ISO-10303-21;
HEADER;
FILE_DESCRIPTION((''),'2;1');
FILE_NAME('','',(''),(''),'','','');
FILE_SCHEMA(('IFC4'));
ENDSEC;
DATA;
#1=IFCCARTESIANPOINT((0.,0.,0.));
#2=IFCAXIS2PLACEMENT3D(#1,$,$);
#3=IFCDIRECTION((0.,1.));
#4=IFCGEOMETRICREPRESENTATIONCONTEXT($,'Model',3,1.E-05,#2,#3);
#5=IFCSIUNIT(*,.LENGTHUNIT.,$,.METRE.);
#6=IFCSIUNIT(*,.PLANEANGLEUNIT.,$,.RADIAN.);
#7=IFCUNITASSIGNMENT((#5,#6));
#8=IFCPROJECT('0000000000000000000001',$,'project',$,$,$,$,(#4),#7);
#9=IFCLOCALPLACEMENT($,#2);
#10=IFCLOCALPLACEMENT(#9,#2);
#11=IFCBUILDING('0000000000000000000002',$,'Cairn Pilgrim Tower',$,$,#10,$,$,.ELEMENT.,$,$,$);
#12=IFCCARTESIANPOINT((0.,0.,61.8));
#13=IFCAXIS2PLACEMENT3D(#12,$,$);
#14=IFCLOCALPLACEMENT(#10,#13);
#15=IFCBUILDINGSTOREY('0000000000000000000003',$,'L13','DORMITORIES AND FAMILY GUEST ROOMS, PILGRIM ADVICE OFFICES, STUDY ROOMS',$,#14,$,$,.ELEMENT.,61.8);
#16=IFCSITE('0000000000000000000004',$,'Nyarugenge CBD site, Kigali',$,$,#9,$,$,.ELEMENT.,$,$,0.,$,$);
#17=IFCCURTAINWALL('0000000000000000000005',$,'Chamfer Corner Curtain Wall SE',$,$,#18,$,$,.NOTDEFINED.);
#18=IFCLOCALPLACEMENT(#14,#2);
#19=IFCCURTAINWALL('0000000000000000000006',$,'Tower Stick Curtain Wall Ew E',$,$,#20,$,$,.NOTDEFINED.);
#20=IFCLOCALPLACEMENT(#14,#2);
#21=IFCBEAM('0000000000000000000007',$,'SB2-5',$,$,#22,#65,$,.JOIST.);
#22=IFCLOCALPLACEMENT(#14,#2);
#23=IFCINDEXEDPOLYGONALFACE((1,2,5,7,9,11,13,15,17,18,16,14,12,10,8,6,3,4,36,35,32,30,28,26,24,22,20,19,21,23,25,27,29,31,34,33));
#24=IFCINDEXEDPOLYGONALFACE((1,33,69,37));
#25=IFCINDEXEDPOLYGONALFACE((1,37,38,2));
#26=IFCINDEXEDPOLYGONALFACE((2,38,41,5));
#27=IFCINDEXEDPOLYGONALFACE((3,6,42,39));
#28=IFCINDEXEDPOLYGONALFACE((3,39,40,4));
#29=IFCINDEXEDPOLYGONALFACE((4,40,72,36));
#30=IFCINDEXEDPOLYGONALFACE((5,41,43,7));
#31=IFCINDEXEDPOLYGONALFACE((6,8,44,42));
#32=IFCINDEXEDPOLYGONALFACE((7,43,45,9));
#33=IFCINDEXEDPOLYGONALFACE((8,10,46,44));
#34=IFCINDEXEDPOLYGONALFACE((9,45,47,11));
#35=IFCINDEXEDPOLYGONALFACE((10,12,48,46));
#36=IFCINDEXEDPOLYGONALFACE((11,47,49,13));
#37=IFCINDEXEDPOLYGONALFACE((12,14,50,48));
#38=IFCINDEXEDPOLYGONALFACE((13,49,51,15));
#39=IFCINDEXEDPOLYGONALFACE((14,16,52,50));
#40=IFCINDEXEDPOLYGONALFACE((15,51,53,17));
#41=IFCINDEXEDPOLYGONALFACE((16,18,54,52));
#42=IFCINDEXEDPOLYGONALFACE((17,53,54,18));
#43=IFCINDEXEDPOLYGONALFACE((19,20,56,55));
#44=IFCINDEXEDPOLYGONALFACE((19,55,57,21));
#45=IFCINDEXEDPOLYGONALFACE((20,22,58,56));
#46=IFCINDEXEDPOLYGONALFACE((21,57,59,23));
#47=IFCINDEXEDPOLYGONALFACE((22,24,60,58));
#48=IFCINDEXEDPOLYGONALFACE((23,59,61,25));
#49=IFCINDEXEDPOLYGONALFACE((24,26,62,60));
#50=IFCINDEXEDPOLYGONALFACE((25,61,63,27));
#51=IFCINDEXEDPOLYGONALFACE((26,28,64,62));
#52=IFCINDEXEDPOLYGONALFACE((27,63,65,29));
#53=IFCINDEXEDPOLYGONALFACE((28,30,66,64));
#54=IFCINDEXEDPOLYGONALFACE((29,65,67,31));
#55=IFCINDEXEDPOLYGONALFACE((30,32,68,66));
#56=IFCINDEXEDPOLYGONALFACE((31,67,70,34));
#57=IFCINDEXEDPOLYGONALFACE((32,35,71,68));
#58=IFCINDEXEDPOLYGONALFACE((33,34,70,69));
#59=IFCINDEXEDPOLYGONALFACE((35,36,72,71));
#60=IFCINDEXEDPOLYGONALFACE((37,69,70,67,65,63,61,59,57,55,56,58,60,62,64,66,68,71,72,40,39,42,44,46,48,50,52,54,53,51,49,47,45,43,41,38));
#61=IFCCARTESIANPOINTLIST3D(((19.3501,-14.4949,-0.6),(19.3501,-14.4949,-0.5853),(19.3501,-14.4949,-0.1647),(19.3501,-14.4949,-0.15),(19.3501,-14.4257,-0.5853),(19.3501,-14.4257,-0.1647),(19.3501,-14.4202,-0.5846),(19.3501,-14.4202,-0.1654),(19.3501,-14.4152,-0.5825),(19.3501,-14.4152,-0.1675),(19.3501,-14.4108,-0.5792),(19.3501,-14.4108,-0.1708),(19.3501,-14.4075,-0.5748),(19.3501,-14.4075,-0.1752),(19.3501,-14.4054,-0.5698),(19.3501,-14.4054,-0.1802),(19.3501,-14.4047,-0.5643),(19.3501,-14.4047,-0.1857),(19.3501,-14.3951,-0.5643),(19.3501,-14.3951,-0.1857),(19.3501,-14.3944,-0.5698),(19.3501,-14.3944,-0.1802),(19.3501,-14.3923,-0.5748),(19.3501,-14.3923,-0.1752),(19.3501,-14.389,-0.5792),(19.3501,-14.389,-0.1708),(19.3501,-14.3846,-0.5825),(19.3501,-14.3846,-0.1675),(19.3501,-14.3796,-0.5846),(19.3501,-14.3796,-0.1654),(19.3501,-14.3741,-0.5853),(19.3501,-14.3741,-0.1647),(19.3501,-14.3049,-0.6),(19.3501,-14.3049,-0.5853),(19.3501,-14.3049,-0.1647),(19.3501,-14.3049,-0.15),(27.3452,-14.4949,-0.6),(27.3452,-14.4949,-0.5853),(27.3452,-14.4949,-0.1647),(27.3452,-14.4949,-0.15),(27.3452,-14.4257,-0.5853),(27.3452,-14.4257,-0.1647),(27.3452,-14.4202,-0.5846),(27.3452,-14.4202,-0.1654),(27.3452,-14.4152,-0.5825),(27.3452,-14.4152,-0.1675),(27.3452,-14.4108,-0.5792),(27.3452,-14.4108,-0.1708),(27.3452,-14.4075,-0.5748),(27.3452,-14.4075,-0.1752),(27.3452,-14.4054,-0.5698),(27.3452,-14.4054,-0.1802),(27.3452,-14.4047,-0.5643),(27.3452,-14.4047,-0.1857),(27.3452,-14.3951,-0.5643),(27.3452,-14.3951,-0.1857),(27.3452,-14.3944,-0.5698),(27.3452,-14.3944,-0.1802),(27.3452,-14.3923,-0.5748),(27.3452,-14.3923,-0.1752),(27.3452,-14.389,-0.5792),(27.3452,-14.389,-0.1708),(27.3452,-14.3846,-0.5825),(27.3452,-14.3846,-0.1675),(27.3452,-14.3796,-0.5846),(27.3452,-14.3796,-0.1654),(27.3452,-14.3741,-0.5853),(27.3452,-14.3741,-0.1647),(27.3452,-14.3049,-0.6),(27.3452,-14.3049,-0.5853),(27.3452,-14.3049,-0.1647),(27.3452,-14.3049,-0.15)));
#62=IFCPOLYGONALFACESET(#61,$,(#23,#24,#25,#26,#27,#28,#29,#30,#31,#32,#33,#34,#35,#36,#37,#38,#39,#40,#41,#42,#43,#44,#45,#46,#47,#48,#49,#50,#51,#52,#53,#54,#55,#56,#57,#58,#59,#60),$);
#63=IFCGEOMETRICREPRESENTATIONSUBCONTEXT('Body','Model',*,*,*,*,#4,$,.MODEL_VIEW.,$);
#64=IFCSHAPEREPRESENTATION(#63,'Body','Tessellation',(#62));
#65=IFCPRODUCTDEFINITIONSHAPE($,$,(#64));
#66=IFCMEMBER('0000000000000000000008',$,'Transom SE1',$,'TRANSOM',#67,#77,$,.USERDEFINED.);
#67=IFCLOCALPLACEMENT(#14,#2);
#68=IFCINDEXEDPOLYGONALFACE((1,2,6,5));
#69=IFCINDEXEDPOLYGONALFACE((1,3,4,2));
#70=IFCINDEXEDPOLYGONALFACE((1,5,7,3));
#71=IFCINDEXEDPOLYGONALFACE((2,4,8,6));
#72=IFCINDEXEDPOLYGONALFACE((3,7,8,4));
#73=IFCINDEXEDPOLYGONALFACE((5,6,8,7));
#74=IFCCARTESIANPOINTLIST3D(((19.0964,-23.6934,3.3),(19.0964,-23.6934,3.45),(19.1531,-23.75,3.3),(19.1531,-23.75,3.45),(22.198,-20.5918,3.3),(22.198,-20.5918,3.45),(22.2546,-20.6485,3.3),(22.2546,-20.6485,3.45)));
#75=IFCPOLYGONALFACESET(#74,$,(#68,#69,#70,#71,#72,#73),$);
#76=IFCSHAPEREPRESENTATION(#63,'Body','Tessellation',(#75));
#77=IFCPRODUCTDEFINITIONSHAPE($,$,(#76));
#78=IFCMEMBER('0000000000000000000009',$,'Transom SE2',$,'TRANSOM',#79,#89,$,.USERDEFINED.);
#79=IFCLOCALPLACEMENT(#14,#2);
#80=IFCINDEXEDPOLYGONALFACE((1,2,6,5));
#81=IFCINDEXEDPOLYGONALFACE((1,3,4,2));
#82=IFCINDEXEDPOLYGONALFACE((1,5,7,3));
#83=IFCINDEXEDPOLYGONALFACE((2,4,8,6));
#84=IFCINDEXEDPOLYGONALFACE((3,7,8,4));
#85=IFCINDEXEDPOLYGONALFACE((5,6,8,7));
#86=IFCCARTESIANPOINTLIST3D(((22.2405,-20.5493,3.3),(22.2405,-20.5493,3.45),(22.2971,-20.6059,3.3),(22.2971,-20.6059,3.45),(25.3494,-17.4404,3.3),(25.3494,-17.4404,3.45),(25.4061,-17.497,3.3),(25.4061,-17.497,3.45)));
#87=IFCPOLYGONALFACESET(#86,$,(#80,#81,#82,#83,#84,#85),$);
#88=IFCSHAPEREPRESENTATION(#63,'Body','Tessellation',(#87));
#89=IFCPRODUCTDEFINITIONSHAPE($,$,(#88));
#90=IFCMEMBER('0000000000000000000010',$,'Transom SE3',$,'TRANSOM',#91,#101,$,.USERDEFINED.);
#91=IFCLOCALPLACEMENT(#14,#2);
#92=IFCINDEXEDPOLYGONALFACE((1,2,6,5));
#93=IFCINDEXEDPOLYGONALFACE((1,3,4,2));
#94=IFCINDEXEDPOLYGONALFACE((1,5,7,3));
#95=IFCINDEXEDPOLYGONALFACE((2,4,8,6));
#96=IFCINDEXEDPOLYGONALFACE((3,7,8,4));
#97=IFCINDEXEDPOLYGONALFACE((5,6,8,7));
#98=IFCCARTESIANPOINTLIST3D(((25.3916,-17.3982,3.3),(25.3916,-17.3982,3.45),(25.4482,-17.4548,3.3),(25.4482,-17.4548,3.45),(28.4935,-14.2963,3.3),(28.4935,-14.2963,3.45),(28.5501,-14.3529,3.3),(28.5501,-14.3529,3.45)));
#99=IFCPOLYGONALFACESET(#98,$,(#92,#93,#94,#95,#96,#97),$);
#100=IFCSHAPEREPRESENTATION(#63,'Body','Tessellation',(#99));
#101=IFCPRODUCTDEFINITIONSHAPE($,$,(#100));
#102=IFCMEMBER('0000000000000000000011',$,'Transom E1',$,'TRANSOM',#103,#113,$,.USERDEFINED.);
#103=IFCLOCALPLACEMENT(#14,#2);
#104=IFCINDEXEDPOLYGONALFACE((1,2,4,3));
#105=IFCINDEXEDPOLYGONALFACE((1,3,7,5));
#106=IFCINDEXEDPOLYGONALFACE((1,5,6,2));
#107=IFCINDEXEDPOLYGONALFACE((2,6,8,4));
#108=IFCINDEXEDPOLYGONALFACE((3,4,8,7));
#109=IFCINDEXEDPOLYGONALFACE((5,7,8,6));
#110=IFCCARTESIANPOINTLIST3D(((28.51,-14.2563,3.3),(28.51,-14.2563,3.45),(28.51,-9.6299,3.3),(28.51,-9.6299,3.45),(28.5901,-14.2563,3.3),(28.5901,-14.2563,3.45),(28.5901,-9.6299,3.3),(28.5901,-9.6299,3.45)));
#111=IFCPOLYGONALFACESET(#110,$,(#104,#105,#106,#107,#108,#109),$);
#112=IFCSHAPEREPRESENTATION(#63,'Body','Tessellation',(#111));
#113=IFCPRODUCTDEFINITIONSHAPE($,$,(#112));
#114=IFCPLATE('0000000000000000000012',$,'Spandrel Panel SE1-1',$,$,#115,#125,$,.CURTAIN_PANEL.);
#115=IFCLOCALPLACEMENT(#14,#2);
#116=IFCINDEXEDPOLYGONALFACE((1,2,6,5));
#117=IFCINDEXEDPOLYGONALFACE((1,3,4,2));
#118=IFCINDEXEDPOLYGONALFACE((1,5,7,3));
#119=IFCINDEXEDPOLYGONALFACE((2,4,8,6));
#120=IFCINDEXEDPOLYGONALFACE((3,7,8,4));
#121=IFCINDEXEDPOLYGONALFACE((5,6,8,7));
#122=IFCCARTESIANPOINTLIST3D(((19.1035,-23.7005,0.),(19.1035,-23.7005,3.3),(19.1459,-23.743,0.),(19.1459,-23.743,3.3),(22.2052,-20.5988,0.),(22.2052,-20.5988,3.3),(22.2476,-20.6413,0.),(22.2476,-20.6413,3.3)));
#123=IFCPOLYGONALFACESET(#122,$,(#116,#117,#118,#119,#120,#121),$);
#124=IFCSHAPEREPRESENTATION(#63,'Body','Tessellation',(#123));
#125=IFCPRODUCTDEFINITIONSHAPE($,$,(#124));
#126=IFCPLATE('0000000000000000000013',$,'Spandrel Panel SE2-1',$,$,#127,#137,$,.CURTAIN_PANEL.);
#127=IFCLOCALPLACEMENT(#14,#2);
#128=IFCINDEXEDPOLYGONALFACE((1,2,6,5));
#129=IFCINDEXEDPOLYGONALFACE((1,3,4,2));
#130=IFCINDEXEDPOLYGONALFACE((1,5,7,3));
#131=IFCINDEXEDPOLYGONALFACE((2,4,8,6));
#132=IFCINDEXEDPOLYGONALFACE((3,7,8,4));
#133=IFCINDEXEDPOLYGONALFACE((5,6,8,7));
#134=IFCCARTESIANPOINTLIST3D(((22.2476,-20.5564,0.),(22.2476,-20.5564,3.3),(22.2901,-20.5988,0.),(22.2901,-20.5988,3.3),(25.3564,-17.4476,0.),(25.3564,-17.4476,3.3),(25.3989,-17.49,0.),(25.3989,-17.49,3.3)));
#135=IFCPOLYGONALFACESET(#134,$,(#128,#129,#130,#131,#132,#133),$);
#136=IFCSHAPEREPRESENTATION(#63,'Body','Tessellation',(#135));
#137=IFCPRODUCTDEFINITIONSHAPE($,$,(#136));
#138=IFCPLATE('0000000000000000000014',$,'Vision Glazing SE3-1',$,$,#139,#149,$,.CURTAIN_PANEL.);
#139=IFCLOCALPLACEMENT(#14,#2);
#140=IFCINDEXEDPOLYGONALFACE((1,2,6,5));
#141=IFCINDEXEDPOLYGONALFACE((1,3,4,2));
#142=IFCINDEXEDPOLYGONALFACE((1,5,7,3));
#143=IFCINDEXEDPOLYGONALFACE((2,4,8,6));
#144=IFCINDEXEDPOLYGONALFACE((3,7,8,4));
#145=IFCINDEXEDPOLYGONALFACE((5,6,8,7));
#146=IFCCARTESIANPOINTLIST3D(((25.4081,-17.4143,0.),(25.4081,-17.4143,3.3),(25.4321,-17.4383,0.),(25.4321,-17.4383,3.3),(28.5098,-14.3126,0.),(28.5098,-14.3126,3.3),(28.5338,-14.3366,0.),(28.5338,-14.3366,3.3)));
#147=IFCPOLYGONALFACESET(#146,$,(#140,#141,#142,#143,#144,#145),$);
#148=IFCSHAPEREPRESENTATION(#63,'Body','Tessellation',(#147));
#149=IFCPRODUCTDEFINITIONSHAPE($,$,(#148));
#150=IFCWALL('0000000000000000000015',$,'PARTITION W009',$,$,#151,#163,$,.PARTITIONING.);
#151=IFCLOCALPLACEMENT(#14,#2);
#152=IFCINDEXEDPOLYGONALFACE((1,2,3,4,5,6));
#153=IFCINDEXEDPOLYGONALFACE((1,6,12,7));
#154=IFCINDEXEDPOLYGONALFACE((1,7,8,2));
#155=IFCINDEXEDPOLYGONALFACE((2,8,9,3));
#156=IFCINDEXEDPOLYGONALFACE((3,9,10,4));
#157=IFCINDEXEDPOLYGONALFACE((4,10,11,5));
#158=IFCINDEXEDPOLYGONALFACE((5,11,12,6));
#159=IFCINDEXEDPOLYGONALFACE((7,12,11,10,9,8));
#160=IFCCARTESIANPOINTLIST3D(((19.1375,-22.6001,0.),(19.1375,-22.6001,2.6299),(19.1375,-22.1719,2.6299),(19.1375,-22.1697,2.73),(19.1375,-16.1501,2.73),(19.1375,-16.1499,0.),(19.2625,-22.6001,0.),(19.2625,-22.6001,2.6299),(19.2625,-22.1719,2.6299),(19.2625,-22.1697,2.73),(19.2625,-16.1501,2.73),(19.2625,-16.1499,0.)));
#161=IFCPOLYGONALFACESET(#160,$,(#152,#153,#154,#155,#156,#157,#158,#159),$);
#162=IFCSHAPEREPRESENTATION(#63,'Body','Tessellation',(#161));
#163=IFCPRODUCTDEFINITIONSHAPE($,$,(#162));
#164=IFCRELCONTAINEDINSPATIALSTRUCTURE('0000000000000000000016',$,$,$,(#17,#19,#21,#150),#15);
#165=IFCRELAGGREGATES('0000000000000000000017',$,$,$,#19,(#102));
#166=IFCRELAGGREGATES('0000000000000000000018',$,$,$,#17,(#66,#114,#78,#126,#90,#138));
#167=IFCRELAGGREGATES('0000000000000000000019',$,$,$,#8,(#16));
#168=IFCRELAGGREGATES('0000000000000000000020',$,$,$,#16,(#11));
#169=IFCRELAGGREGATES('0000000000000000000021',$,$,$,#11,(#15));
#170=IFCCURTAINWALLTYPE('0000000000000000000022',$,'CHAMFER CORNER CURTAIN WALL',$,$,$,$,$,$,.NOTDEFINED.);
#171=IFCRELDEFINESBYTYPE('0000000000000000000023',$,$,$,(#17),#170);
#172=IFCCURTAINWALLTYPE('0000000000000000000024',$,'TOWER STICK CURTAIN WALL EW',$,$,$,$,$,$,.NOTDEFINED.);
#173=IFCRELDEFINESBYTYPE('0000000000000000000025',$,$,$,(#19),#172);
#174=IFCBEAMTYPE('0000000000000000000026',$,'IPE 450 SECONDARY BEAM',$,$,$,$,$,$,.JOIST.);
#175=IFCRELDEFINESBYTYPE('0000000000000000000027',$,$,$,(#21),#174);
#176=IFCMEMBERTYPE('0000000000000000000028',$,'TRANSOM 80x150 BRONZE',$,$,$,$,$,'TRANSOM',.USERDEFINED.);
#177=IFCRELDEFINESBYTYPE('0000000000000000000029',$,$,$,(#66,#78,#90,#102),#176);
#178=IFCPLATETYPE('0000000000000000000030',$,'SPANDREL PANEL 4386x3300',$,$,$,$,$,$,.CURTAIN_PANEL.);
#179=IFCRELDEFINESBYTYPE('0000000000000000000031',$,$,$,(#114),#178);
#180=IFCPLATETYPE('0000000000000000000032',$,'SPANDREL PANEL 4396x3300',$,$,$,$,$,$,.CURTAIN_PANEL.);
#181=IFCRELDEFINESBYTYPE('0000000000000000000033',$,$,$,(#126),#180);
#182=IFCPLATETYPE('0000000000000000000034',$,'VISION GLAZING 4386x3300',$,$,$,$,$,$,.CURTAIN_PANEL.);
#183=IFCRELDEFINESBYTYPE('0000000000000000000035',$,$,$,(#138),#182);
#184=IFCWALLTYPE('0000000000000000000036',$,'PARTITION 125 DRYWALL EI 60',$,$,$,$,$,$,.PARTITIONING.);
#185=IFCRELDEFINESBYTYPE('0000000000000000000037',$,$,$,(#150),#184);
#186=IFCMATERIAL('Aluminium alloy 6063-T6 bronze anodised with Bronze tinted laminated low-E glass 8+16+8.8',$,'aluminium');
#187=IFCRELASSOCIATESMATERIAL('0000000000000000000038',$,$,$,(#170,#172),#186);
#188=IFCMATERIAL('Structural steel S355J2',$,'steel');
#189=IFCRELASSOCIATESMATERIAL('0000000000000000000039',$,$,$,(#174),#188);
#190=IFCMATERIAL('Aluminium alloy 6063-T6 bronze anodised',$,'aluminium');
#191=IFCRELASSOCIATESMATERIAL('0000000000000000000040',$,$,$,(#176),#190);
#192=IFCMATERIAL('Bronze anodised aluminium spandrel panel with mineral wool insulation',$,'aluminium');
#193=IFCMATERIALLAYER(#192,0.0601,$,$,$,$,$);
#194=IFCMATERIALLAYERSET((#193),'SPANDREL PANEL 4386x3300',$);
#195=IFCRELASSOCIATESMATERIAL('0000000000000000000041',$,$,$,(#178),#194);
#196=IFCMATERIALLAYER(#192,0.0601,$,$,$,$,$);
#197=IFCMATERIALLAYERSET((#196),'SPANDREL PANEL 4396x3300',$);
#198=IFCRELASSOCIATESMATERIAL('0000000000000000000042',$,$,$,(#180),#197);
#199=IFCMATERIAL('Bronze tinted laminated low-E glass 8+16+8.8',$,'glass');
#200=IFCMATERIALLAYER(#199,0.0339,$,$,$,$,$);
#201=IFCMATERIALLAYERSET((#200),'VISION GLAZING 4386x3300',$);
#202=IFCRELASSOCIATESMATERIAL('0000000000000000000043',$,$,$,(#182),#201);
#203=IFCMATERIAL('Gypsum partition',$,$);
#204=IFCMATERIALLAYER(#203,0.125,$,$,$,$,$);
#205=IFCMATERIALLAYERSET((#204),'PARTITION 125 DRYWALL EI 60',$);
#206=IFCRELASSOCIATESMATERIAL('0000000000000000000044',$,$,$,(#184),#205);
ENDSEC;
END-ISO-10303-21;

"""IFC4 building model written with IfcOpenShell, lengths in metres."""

from ifc_helpers import new_model, si_unit, direction, frame, origin, origin_2d, place, context, subcontext, project, spatial, polyline, rectangle, i_section, outline, extrude, material, layer, layer_set, material_profile, profile_set, type_object, element, aggregate, save


model = new_model("IFC4")

# Units and contexts
model_context = context("Model", 3, precision=1e-05, world=origin(), true_north=direction((0.0, 1.0)))
body_context = subcontext(model_context, "Body", "Model", "MODEL_VIEW")
ifc_project = project(units=[si_unit("LENGTHUNIT", "METRE"), si_unit("PLANEANGLEUNIT", "RADIAN")], contexts=[model_context])

# Site, building, storey
site_placement = place(None, origin())
site = spatial("IfcSite", under=ifc_project, at=site_placement, Name="Nyarugenge CBD site, Kigali", CompositionType="ELEMENT", RefElevation=0.0)
building_placement = place(site_placement, origin())
building = spatial("IfcBuilding", under=site, at=building_placement, Name="Cairn Pilgrim Tower", CompositionType="ELEMENT")
storey_placement = place(building_placement, frame((0.0, 0.0, 61.8)))
storey = spatial("IfcBuildingStorey", under=building, at=storey_placement, Name="L13", Description="DORMITORIES AND FAMILY GUEST ROOMS, PILGRIM ADVICE OFFICES, STUDY ROOMS", CompositionType="ELEMENT", Elevation=61.8)

# Shared definitions
ifc_material_1 = material(Name="Structural steel S355J2", Category="steel")

# Curtain wall
ifc_material_2 = material(Name="Aluminium alloy 6063-T6 bronze anodised with Bronze tinted laminated low-E glass 8+16+8.8", Category="aluminium")
curtain_wall_type_1 = type_object("IfcCurtainWallType", Name="CHAMFER CORNER CURTAIN WALL", PredefinedType="NOTDEFINED", material=ifc_material_2)
curtain_wall_1_placement = place(storey_placement, origin())
curtain_wall_1 = element("IfcCurtainWall", 1, at=curtain_wall_1_placement, inside=storey, type_object=curtain_wall_type_1, Name="Chamfer Corner Curtain Wall SE", PredefinedType="NOTDEFINED")
ifc_material_3 = material(Name="Aluminium alloy 6063-T6 bronze anodised", Category="aluminium")

# Curtain wall
curtain_wall_type_2 = type_object("IfcCurtainWallType", Name="TOWER STICK CURTAIN WALL EW", PredefinedType="NOTDEFINED", material=ifc_material_2)
curtain_wall_2_placement = place(storey_placement, origin())
curtain_wall_2 = element("IfcCurtainWall", 2, at=curtain_wall_2_placement, inside=storey, type_object=curtain_wall_type_2, Name="Tower Stick Curtain Wall Ew E", PredefinedType="NOTDEFINED")

# Beam
ifc_material_profile_1 = material_profile(ifc_material_1, i_section(OverallWidth=0.1899, OverallDepth=0.45, WebThickness=0.0095, FlangeThickness=0.0146, FilletRadius=0.021, at=origin_2d()), Name="IPE 450")
ifc_profile_set_1 = profile_set([ifc_material_profile_1], Name="Structural steel S355J2")
beam_type_1 = type_object("IfcBeamType", Name="IPE 450 SECONDARY BEAM", PredefinedType="JOIST", material=ifc_profile_set_1)
beam_1_placement = place(storey_placement, frame((19.3501, -14.3999, -0.375), z_axis=(1.0, 0.0, 0.0), x_axis=(0.0, 1.0, 0.0)))
element("IfcBeam", 3, at=beam_1_placement, inside=storey, type_object=beam_type_1, Name="SB2-5", PredefinedType="JOIST", context=body_context, shape_type="SweptSolid", body=[
    extrude(i_section(OverallWidth=0.1899, OverallDepth=0.45, WebThickness=0.0095, FlangeThickness=0.0146, FilletRadius=0.021, at=origin_2d()), origin(), (0.0, 0.0, 1.0), 7.9951),
])

# Members
ifc_material_profile_2 = material_profile(ifc_material_3, rectangle(XDim=0.0801, YDim=0.1499, at=origin_2d()), Name="TRANSOM 80x150 BRONZE")
ifc_profile_set_2 = profile_set([ifc_material_profile_2], Name="Aluminium alloy 6063-T6 bronze anodised")
member_type_1 = type_object("IfcMemberType", Name="TRANSOM 80x150 BRONZE", ElementType="TRANSOM", PredefinedType="USERDEFINED", material=ifc_profile_set_2)
member_1_placement = place(storey_placement, frame((19.1248, -23.7217, 3.375), z_axis=(0.707107, 0.707107, 0.0), x_axis=(-0.707107, 0.707107, 0.0)))
member_1 = element("IfcMember", 4, at=member_1_placement, type_object=member_type_1, Name="Transom SE1", ObjectType="TRANSOM", PredefinedType="USERDEFINED", context=body_context, shape_type="SweptSolid", body=[
    extrude(rectangle(XDim=0.0801, YDim=0.1499, at=origin_2d()), origin(), (0.0, 0.0, 1.0), 4.3862),
])
member_2_placement = place(storey_placement, frame((22.2688, -20.5776, 3.375), z_axis=(0.707107, 0.707107, 0.0), x_axis=(-0.707107, 0.707107, 0.0)))
member_2 = element("IfcMember", 5, at=member_2_placement, type_object=member_type_1, Name="Transom SE2", ObjectType="TRANSOM", PredefinedType="USERDEFINED", context=body_context, shape_type="SweptSolid", body=[
    extrude(rectangle(XDim=0.0801, YDim=0.1499, at=origin_2d()), origin(), (0.0, 0.0, 1.0), 4.3967),
])
member_3_placement = place(storey_placement, frame((25.4199, -17.4265, 3.375), z_axis=(0.707107, 0.707107, 0.0), x_axis=(-0.707107, 0.707107, 0.0)))
member_3 = element("IfcMember", 6, at=member_3_placement, type_object=member_type_1, Name="Transom SE3", ObjectType="TRANSOM", PredefinedType="USERDEFINED", context=body_context, shape_type="SweptSolid", body=[
    extrude(rectangle(XDim=0.0801, YDim=0.1499, at=origin_2d()), origin(), (0.0, 0.0, 1.0), 4.3867),
])
member_4_placement = place(storey_placement, frame((28.55, -14.2563, 3.375), z_axis=(0.0, 1.0, 0.0), x_axis=(-1.0, 0.0, 0.0)))
member_4 = element("IfcMember", 7, at=member_4_placement, type_object=member_type_1, Name="Transom E1", ObjectType="TRANSOM", PredefinedType="USERDEFINED", context=body_context, shape_type="SweptSolid", body=[
    extrude(rectangle(XDim=0.0801, YDim=0.1499, at=origin_2d()), origin(), (0.0, 0.0, 1.0), 4.6265),
])
aggregate(curtain_wall_2, [member_4])

# Plates
ifc_material_4 = material(Name="Bronze anodised aluminium spandrel panel with mineral wool insulation", Category="aluminium")
ifc_layer_1 = layer(ifc_material_4, 0.0601)
ifc_layer_set_1 = layer_set([ifc_layer_1], Name="SPANDREL PANEL 4386x3300")
plate_type_1 = type_object("IfcPlateType", Name="SPANDREL PANEL 4386x3300", PredefinedType="CURTAIN_PANEL", material=ifc_layer_set_1)
plate_1_placement = place(storey_placement, frame((20.6755, -22.1709, 0.0), z_axis=(0.0, 0.0, 1.0), x_axis=(0.707107, 0.707107, 0.0)))
plate_1 = element("IfcPlate", 8, at=plate_1_placement, type_object=plate_type_1, Name="Spandrel Panel SE1-1", PredefinedType="CURTAIN_PANEL", context=body_context, shape_type="SweptSolid", body=[
    extrude(rectangle(XDim=4.3865, YDim=0.0601, at=origin_2d()), origin(), (0.0, 0.0, 1.0), 3.3),
])
ifc_layer_2 = layer(ifc_material_4, 0.0601)
ifc_layer_set_2 = layer_set([ifc_layer_2], Name="SPANDREL PANEL 4396x3300")
plate_type_2 = type_object("IfcPlateType", Name="SPANDREL PANEL 4396x3300", PredefinedType="CURTAIN_PANEL", material=ifc_layer_set_2)
plate_2_placement = place(storey_placement, frame((23.8232, -19.0232, 0.0), z_axis=(0.0, 0.0, 1.0), x_axis=(0.707107, 0.707107, 0.0)))
plate_2 = element("IfcPlate", 9, at=plate_2_placement, type_object=plate_type_2, Name="Spandrel Panel SE2-1", PredefinedType="CURTAIN_PANEL", context=body_context, shape_type="SweptSolid", body=[
    extrude(rectangle(XDim=4.3965, YDim=0.0601, at=origin_2d()), origin(), (0.0, 0.0, 1.0), 3.3),
])
ifc_material_5 = material(Name="Bronze tinted laminated low-E glass 8+16+8.8", Category="glass")
ifc_layer_3 = layer(ifc_material_5, 0.0339)
ifc_layer_set_3 = layer_set([ifc_layer_3], Name="VISION GLAZING 4386x3300")
plate_type_3 = type_object("IfcPlateType", Name="VISION GLAZING 4386x3300", PredefinedType="CURTAIN_PANEL", material=ifc_layer_set_3)
plate_3_placement = place(storey_placement, frame((26.9709, -15.8755, 0.0), z_axis=(0.0, 0.0, 1.0), x_axis=(0.707107, 0.707107, 0.0)))
plate_3 = element("IfcPlate", 10, at=plate_3_placement, type_object=plate_type_3, Name="Vision Glazing SE3-1", PredefinedType="CURTAIN_PANEL", context=body_context, shape_type="SweptSolid", body=[
    extrude(rectangle(XDim=4.3865, YDim=0.0339, at=origin_2d()), origin(), (0.0, 0.0, 1.0), 3.3),
])
aggregate(curtain_wall_1, [member_1, plate_1, member_2, plate_2, member_3, plate_3])

# Wall
ifc_material_6 = material(Name="Gypsum partition")
ifc_layer_4 = layer(ifc_material_6, 0.125)
ifc_layer_set_4 = layer_set([ifc_layer_4], Name="PARTITION 125 DRYWALL EI 60")
wall_type_1 = type_object("IfcWallType", Name="PARTITION 125 DRYWALL EI 60", PredefinedType="PARTITIONING", material=ifc_layer_set_4)
wall_1_placement = place(storey_placement, frame((19.2, -22.6001, 0.0), z_axis=(0.0, 0.0, 1.0), x_axis=(0.0, 1.0, 0.0)))
element("IfcWall", 11, at=wall_1_placement, inside=storey, type_object=wall_type_1, Name="PARTITION W009", PredefinedType="PARTITIONING", context=body_context, shape_type="SweptSolid", body=[
    extrude(outline(polyline([(0.0, 0.0), (6.4502, 0.0), (6.45, 2.73), (0.4304, 2.73), (0.4282, 2.6299), (0.0, 2.6299), (0.0, 0.0)])), frame((0.0, 0.0625, 0.0), z_axis=(0.0, -1.0, 0.0), x_axis=(1.0, 0.0, 0.0)), (0.0, 0.0, 1.0), 0.125),
])

save(model, "model.ifc")
